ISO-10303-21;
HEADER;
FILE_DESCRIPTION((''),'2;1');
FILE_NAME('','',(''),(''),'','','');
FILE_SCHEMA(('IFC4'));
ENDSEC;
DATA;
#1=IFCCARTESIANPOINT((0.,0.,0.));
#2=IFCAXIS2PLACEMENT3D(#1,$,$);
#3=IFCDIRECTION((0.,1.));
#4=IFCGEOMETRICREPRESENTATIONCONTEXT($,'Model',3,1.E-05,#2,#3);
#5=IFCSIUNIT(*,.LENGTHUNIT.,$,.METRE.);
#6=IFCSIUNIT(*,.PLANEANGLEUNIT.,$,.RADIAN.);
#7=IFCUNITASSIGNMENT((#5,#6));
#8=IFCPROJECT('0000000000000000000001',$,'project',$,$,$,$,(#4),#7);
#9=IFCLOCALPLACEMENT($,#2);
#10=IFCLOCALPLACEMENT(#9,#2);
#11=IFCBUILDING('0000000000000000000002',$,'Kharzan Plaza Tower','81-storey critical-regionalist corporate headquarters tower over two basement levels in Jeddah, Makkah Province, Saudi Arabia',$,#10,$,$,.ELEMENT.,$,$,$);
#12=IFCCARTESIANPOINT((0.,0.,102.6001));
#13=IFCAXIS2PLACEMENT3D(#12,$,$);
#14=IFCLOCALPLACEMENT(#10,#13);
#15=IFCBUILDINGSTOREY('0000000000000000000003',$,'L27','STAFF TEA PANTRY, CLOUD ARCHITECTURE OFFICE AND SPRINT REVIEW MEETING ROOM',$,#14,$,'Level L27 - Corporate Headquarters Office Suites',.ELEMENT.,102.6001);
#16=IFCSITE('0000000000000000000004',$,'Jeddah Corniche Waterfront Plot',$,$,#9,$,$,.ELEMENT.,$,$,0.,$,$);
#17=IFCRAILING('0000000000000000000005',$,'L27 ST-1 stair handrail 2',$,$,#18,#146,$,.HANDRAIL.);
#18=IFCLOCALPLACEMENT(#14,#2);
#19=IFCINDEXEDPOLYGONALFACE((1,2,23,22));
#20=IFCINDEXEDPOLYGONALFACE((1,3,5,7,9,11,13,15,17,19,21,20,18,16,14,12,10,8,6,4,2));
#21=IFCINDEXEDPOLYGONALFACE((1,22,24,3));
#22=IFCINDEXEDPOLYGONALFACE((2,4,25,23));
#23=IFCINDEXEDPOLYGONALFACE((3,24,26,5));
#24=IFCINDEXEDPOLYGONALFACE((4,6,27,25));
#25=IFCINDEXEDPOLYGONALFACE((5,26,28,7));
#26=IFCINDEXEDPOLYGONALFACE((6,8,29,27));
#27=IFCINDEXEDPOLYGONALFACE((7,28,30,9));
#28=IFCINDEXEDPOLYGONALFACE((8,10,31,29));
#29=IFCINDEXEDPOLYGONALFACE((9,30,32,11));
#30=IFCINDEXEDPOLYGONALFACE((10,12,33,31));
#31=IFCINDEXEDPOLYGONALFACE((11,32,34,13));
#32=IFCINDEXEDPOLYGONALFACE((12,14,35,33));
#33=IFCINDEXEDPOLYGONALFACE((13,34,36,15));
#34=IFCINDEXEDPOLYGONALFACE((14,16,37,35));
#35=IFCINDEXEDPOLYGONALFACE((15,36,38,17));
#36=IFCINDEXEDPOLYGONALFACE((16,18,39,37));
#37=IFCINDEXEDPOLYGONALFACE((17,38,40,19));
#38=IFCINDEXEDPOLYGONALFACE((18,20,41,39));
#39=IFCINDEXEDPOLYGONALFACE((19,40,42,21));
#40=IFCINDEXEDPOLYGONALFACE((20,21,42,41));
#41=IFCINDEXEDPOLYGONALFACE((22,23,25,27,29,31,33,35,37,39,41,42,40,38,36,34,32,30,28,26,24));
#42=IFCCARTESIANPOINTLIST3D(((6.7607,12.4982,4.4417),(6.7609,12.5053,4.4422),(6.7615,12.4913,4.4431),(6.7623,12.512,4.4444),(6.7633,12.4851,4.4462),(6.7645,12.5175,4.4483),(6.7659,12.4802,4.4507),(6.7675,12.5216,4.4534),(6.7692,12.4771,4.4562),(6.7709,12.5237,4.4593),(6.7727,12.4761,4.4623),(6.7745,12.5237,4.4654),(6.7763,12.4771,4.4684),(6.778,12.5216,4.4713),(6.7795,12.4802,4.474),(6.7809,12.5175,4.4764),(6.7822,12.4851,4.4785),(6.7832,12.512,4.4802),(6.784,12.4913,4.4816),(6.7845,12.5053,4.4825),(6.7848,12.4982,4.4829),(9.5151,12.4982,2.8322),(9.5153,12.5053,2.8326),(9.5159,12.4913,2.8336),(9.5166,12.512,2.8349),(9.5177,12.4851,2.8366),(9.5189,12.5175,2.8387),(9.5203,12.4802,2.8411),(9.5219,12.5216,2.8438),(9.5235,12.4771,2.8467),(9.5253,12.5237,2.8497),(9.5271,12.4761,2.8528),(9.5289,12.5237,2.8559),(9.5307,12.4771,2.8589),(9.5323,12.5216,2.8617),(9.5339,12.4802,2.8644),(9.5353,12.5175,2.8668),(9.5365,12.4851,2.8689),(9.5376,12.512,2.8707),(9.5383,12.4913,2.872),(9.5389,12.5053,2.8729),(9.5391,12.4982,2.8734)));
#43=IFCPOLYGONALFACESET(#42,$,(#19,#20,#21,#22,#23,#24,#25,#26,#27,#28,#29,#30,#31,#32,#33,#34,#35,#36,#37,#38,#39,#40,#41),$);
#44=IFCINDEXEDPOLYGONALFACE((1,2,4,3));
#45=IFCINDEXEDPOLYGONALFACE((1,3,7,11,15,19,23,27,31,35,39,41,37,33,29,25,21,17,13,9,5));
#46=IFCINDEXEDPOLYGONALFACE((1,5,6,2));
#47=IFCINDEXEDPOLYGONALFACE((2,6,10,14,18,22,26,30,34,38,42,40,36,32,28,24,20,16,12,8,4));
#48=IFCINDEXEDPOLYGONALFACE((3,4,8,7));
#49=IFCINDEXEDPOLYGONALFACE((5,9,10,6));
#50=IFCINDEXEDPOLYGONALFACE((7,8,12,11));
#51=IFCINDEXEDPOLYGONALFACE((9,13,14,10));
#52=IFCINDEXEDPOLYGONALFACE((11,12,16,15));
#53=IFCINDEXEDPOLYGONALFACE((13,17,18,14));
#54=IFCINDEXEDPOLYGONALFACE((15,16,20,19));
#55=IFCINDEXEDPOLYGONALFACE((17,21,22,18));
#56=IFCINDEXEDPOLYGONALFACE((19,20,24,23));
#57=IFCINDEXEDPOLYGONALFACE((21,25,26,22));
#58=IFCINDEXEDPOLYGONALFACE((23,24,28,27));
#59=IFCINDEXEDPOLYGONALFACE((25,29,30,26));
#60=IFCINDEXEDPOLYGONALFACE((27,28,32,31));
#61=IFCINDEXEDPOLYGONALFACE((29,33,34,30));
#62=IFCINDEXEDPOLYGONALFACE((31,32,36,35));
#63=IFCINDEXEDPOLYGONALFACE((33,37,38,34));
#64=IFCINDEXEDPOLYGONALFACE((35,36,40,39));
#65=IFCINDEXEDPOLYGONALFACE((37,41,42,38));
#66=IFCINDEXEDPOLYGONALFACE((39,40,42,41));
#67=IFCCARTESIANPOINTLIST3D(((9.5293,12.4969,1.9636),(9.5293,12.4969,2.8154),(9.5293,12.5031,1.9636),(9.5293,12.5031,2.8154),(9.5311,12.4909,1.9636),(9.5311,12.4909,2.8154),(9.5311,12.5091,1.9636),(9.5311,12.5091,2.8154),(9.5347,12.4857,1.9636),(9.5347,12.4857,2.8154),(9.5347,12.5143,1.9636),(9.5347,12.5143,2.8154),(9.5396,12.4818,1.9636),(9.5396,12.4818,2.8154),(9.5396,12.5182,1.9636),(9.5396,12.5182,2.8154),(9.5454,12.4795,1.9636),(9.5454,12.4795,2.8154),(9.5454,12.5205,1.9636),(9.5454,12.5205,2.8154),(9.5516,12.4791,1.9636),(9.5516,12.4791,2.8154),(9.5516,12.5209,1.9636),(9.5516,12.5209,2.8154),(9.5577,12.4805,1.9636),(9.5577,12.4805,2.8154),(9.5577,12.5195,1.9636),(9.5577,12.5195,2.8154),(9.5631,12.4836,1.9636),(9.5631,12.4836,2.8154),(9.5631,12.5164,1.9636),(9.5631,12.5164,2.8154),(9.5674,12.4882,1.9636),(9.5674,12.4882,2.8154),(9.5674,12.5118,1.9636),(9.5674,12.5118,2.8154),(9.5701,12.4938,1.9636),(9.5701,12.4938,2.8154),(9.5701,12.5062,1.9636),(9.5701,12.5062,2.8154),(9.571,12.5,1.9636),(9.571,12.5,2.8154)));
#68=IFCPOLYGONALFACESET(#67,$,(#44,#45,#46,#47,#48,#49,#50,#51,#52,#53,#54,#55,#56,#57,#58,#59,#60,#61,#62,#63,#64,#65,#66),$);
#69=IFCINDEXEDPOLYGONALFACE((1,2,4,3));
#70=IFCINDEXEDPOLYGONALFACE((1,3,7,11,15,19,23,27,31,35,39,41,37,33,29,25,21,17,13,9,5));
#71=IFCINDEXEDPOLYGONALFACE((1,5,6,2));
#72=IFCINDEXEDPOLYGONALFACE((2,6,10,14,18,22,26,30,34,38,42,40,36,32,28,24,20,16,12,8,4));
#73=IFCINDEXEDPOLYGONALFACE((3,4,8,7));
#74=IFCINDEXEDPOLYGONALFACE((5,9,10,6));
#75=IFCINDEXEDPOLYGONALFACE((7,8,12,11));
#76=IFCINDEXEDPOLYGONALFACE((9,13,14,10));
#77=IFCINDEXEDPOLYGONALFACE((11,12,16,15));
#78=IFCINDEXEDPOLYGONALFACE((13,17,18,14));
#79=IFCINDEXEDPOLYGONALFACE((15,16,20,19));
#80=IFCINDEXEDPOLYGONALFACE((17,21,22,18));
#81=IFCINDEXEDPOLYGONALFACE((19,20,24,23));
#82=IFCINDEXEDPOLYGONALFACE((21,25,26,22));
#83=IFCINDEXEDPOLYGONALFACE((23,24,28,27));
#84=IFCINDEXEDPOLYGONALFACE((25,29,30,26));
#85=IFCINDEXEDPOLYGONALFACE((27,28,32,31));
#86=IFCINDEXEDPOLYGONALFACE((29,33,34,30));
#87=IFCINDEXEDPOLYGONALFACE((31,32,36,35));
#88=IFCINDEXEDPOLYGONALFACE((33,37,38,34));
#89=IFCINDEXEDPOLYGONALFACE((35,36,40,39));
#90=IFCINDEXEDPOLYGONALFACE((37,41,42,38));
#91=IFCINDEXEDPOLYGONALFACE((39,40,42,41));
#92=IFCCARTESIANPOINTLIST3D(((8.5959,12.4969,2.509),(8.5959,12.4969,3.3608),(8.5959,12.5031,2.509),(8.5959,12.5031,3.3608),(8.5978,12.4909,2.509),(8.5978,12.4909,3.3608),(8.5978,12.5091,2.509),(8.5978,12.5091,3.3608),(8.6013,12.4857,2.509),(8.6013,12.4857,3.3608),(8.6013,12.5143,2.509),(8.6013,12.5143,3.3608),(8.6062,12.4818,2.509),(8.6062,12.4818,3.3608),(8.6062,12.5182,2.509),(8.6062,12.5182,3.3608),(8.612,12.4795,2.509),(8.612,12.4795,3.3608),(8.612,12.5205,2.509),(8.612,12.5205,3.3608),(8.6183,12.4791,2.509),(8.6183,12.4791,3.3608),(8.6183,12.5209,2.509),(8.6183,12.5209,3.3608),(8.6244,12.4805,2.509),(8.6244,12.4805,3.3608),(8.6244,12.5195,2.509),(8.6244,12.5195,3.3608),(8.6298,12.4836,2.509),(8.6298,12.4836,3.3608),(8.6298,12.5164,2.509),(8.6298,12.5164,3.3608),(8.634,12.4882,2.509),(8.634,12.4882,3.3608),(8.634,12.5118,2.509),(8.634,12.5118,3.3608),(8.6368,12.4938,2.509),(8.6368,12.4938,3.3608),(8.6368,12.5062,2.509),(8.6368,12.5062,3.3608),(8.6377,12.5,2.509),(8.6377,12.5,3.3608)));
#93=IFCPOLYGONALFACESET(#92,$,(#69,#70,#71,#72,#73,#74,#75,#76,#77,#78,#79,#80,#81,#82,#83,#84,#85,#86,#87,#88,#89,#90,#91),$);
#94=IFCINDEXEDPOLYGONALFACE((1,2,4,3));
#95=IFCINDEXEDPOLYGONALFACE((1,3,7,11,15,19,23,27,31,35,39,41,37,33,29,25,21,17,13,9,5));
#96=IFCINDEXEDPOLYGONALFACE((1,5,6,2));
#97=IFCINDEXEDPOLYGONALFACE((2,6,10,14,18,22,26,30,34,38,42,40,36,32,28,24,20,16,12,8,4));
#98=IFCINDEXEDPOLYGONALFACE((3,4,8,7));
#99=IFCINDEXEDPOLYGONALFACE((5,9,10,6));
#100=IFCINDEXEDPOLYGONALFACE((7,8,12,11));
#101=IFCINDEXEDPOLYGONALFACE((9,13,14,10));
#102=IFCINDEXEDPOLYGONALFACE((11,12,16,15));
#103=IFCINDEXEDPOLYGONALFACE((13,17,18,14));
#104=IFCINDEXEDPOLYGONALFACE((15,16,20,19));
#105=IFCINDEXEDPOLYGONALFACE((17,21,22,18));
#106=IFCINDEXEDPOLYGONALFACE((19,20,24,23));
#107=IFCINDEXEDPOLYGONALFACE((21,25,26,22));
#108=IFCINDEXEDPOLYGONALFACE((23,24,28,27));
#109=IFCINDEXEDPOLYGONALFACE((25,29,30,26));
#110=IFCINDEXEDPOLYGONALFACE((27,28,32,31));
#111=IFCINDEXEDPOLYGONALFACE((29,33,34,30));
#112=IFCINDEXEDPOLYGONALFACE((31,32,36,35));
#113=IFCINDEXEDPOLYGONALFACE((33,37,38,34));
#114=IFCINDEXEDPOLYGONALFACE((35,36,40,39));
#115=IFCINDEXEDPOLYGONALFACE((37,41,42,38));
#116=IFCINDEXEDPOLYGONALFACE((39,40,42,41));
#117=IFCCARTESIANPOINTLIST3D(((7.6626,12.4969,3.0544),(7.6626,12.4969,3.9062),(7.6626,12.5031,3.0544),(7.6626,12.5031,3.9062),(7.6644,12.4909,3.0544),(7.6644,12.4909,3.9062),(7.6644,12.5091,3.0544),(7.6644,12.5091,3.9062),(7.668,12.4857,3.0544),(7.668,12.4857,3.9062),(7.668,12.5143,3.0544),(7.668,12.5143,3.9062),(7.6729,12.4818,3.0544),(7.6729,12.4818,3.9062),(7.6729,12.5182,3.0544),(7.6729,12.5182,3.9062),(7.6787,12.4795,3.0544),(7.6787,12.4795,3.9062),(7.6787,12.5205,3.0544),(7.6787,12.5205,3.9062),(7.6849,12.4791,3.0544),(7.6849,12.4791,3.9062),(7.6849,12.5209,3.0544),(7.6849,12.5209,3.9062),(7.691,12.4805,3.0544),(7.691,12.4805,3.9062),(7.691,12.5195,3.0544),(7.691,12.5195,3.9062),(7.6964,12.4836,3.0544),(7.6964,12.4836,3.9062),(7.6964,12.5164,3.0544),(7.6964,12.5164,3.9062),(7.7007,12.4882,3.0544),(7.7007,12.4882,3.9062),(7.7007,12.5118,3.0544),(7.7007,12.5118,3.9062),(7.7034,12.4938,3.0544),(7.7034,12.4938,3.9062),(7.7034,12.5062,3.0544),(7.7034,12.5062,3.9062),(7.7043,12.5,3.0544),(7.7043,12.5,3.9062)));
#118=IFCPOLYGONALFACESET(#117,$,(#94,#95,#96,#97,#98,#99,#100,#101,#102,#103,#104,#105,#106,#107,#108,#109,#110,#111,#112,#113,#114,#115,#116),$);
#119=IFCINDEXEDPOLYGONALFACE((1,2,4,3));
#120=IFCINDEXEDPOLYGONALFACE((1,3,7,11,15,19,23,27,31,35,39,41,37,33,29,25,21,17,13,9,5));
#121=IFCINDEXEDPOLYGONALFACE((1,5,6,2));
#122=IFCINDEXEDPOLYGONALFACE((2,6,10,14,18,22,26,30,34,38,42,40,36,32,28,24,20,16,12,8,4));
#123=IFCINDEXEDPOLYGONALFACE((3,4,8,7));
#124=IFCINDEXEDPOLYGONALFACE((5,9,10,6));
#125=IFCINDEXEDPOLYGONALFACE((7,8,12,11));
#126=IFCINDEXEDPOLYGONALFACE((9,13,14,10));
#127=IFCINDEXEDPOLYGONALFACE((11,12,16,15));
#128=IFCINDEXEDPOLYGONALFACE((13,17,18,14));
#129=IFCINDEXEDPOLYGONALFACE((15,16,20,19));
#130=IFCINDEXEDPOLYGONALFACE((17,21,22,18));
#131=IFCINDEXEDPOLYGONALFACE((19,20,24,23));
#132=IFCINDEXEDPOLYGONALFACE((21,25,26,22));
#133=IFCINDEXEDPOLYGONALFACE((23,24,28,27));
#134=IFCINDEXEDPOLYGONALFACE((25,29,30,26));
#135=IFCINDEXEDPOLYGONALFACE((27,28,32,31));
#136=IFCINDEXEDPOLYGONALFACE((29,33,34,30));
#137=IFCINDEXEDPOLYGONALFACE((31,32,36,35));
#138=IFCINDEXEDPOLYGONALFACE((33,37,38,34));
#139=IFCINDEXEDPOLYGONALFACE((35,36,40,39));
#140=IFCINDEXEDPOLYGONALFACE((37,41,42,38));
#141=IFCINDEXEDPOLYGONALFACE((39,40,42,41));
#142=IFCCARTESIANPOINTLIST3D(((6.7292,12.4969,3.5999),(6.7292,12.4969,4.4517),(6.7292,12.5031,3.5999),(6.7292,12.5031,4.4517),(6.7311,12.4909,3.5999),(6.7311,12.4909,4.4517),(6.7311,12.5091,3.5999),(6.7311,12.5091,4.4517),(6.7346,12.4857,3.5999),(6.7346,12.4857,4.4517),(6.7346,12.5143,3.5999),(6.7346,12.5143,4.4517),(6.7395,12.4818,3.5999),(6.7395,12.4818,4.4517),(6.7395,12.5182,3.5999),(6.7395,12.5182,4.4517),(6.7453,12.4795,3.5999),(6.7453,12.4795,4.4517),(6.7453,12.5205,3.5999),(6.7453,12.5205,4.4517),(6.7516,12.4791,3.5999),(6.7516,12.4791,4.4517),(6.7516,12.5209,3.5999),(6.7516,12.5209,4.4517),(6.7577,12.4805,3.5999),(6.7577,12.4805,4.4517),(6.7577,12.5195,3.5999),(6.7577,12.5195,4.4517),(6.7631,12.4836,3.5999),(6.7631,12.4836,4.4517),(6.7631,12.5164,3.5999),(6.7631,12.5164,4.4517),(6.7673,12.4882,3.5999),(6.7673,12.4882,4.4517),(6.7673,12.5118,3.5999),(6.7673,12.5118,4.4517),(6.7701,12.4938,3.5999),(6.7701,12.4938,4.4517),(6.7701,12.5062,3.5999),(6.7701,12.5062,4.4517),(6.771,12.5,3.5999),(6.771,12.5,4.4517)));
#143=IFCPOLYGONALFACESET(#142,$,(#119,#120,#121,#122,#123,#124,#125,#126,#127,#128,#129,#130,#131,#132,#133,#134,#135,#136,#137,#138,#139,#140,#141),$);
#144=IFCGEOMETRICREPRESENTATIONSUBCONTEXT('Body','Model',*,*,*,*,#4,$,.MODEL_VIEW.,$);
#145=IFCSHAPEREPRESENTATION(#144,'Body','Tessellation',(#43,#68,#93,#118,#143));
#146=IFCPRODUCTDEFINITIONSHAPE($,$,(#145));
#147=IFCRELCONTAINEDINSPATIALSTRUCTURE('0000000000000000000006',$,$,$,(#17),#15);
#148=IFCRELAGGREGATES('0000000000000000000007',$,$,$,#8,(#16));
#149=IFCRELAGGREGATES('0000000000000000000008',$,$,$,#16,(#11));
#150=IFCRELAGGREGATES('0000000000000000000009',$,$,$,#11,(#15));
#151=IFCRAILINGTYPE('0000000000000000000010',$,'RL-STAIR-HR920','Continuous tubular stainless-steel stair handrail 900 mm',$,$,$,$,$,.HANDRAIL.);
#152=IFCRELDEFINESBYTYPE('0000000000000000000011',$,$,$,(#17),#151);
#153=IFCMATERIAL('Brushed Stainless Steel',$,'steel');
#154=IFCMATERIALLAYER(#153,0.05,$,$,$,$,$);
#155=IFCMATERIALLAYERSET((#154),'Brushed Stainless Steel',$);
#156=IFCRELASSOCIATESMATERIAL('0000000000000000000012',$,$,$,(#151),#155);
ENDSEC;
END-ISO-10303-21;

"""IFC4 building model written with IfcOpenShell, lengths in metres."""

from ifc_helpers import new_model, si_unit, direction, frame, origin, origin_2d, place, context, subcontext, project, spatial, circle, extrude, source, transform, mapped, material, layer, layer_set, type_object, element, save


model = new_model("IFC4")

# Units and contexts
model_context = context("Model", 3, precision=1e-05, world=origin(), true_north=direction((0.0, 1.0)))
body_context = subcontext(model_context, "Body", "Model", "MODEL_VIEW")
ifc_project = project(units=[si_unit("LENGTHUNIT", "METRE"), si_unit("PLANEANGLEUNIT", "RADIAN")], contexts=[model_context])

# Site, building, storey
site_placement = place(None, origin())
site = spatial("IfcSite", under=ifc_project, at=site_placement, Name="Jeddah Corniche Waterfront Plot", CompositionType="ELEMENT", RefElevation=0.0)
building_placement = place(site_placement, origin())
building = spatial("IfcBuilding", under=site, at=building_placement, Name="Kharzan Plaza Tower", Description="81-storey critical-regionalist corporate headquarters tower over two basement levels in Jeddah, Makkah Province, Saudi Arabia", CompositionType="ELEMENT")
storey_placement = place(building_placement, frame((0.0, 0.0, 102.6001)))
storey = spatial("IfcBuildingStorey", under=building, at=storey_placement, Name="L27", Description="STAFF TEA PANTRY, CLOUD ARCHITECTURE OFFICE AND SPRINT REVIEW MEETING ROOM", LongName="Level L27 - Corporate Headquarters Office Suites", CompositionType="ELEMENT", Elevation=102.6001)

# Shared definitions
ifc_material_1 = material(Name="Brushed Stainless Steel", Category="steel")

# Railing
ifc_layer_1 = layer(ifc_material_1, 0.05)
ifc_layer_set_1 = layer_set([ifc_layer_1], Name="Brushed Stainless Steel")
railing_type = type_object("IfcRailingType", Name="RL-STAIR-HR920", Description="Continuous tubular stainless-steel stair handrail 900 mm", PredefinedType="HANDRAIL", material=ifc_layer_set_1)
shared_shape_1 = source(origin(), body_context, "Body", "SweptSolid", [
    extrude(circle(Radius=0.0239, at=origin_2d()), frame((-0.0229, 0.0, 0.8892), z_axis=(-0.863394, 0.0, 0.504531), x_axis=(0.0, -1.0, 0.0)), (0.0, 0.0, 1.0), 3.1902),
    extrude(circle(Radius=0.021, at=origin_2d()), origin(), (0.0, 0.0, 1.0), 0.8518),
    extrude(circle(Radius=0.021, at=origin_2d()), frame((-0.9333, 0.0, 0.5454)), (0.0, 0.0, 1.0), 0.8518),
    extrude(circle(Radius=0.021, at=origin_2d()), frame((-1.8667, 0.0, 1.0908)), (0.0, 0.0, 1.0), 0.8518),
    extrude(circle(Radius=0.021, at=origin_2d()), frame((-2.8, 0.0, 1.6362)), (0.0, 0.0, 1.0), 0.8518),
])
railing_placement = place(storey_placement, frame((9.55, 12.5, 1.9636)))
element("IfcRailing", 1, at=railing_placement, inside=storey, type_object=railing_type, Name="L27 ST-1 stair handrail 2", PredefinedType="HANDRAIL", context=body_context, shape_type="MappedRepresentation", body=[
    mapped(shared_shape_1, transform((0.0, 0.0, 0.0), x_axis=(1.0, 0.0, 0.0), y_axis=(0.0, 1.0, 0.0), z_axis=(0.0, 0.0, 1.0))),
])

save(model, "model.ifc")
